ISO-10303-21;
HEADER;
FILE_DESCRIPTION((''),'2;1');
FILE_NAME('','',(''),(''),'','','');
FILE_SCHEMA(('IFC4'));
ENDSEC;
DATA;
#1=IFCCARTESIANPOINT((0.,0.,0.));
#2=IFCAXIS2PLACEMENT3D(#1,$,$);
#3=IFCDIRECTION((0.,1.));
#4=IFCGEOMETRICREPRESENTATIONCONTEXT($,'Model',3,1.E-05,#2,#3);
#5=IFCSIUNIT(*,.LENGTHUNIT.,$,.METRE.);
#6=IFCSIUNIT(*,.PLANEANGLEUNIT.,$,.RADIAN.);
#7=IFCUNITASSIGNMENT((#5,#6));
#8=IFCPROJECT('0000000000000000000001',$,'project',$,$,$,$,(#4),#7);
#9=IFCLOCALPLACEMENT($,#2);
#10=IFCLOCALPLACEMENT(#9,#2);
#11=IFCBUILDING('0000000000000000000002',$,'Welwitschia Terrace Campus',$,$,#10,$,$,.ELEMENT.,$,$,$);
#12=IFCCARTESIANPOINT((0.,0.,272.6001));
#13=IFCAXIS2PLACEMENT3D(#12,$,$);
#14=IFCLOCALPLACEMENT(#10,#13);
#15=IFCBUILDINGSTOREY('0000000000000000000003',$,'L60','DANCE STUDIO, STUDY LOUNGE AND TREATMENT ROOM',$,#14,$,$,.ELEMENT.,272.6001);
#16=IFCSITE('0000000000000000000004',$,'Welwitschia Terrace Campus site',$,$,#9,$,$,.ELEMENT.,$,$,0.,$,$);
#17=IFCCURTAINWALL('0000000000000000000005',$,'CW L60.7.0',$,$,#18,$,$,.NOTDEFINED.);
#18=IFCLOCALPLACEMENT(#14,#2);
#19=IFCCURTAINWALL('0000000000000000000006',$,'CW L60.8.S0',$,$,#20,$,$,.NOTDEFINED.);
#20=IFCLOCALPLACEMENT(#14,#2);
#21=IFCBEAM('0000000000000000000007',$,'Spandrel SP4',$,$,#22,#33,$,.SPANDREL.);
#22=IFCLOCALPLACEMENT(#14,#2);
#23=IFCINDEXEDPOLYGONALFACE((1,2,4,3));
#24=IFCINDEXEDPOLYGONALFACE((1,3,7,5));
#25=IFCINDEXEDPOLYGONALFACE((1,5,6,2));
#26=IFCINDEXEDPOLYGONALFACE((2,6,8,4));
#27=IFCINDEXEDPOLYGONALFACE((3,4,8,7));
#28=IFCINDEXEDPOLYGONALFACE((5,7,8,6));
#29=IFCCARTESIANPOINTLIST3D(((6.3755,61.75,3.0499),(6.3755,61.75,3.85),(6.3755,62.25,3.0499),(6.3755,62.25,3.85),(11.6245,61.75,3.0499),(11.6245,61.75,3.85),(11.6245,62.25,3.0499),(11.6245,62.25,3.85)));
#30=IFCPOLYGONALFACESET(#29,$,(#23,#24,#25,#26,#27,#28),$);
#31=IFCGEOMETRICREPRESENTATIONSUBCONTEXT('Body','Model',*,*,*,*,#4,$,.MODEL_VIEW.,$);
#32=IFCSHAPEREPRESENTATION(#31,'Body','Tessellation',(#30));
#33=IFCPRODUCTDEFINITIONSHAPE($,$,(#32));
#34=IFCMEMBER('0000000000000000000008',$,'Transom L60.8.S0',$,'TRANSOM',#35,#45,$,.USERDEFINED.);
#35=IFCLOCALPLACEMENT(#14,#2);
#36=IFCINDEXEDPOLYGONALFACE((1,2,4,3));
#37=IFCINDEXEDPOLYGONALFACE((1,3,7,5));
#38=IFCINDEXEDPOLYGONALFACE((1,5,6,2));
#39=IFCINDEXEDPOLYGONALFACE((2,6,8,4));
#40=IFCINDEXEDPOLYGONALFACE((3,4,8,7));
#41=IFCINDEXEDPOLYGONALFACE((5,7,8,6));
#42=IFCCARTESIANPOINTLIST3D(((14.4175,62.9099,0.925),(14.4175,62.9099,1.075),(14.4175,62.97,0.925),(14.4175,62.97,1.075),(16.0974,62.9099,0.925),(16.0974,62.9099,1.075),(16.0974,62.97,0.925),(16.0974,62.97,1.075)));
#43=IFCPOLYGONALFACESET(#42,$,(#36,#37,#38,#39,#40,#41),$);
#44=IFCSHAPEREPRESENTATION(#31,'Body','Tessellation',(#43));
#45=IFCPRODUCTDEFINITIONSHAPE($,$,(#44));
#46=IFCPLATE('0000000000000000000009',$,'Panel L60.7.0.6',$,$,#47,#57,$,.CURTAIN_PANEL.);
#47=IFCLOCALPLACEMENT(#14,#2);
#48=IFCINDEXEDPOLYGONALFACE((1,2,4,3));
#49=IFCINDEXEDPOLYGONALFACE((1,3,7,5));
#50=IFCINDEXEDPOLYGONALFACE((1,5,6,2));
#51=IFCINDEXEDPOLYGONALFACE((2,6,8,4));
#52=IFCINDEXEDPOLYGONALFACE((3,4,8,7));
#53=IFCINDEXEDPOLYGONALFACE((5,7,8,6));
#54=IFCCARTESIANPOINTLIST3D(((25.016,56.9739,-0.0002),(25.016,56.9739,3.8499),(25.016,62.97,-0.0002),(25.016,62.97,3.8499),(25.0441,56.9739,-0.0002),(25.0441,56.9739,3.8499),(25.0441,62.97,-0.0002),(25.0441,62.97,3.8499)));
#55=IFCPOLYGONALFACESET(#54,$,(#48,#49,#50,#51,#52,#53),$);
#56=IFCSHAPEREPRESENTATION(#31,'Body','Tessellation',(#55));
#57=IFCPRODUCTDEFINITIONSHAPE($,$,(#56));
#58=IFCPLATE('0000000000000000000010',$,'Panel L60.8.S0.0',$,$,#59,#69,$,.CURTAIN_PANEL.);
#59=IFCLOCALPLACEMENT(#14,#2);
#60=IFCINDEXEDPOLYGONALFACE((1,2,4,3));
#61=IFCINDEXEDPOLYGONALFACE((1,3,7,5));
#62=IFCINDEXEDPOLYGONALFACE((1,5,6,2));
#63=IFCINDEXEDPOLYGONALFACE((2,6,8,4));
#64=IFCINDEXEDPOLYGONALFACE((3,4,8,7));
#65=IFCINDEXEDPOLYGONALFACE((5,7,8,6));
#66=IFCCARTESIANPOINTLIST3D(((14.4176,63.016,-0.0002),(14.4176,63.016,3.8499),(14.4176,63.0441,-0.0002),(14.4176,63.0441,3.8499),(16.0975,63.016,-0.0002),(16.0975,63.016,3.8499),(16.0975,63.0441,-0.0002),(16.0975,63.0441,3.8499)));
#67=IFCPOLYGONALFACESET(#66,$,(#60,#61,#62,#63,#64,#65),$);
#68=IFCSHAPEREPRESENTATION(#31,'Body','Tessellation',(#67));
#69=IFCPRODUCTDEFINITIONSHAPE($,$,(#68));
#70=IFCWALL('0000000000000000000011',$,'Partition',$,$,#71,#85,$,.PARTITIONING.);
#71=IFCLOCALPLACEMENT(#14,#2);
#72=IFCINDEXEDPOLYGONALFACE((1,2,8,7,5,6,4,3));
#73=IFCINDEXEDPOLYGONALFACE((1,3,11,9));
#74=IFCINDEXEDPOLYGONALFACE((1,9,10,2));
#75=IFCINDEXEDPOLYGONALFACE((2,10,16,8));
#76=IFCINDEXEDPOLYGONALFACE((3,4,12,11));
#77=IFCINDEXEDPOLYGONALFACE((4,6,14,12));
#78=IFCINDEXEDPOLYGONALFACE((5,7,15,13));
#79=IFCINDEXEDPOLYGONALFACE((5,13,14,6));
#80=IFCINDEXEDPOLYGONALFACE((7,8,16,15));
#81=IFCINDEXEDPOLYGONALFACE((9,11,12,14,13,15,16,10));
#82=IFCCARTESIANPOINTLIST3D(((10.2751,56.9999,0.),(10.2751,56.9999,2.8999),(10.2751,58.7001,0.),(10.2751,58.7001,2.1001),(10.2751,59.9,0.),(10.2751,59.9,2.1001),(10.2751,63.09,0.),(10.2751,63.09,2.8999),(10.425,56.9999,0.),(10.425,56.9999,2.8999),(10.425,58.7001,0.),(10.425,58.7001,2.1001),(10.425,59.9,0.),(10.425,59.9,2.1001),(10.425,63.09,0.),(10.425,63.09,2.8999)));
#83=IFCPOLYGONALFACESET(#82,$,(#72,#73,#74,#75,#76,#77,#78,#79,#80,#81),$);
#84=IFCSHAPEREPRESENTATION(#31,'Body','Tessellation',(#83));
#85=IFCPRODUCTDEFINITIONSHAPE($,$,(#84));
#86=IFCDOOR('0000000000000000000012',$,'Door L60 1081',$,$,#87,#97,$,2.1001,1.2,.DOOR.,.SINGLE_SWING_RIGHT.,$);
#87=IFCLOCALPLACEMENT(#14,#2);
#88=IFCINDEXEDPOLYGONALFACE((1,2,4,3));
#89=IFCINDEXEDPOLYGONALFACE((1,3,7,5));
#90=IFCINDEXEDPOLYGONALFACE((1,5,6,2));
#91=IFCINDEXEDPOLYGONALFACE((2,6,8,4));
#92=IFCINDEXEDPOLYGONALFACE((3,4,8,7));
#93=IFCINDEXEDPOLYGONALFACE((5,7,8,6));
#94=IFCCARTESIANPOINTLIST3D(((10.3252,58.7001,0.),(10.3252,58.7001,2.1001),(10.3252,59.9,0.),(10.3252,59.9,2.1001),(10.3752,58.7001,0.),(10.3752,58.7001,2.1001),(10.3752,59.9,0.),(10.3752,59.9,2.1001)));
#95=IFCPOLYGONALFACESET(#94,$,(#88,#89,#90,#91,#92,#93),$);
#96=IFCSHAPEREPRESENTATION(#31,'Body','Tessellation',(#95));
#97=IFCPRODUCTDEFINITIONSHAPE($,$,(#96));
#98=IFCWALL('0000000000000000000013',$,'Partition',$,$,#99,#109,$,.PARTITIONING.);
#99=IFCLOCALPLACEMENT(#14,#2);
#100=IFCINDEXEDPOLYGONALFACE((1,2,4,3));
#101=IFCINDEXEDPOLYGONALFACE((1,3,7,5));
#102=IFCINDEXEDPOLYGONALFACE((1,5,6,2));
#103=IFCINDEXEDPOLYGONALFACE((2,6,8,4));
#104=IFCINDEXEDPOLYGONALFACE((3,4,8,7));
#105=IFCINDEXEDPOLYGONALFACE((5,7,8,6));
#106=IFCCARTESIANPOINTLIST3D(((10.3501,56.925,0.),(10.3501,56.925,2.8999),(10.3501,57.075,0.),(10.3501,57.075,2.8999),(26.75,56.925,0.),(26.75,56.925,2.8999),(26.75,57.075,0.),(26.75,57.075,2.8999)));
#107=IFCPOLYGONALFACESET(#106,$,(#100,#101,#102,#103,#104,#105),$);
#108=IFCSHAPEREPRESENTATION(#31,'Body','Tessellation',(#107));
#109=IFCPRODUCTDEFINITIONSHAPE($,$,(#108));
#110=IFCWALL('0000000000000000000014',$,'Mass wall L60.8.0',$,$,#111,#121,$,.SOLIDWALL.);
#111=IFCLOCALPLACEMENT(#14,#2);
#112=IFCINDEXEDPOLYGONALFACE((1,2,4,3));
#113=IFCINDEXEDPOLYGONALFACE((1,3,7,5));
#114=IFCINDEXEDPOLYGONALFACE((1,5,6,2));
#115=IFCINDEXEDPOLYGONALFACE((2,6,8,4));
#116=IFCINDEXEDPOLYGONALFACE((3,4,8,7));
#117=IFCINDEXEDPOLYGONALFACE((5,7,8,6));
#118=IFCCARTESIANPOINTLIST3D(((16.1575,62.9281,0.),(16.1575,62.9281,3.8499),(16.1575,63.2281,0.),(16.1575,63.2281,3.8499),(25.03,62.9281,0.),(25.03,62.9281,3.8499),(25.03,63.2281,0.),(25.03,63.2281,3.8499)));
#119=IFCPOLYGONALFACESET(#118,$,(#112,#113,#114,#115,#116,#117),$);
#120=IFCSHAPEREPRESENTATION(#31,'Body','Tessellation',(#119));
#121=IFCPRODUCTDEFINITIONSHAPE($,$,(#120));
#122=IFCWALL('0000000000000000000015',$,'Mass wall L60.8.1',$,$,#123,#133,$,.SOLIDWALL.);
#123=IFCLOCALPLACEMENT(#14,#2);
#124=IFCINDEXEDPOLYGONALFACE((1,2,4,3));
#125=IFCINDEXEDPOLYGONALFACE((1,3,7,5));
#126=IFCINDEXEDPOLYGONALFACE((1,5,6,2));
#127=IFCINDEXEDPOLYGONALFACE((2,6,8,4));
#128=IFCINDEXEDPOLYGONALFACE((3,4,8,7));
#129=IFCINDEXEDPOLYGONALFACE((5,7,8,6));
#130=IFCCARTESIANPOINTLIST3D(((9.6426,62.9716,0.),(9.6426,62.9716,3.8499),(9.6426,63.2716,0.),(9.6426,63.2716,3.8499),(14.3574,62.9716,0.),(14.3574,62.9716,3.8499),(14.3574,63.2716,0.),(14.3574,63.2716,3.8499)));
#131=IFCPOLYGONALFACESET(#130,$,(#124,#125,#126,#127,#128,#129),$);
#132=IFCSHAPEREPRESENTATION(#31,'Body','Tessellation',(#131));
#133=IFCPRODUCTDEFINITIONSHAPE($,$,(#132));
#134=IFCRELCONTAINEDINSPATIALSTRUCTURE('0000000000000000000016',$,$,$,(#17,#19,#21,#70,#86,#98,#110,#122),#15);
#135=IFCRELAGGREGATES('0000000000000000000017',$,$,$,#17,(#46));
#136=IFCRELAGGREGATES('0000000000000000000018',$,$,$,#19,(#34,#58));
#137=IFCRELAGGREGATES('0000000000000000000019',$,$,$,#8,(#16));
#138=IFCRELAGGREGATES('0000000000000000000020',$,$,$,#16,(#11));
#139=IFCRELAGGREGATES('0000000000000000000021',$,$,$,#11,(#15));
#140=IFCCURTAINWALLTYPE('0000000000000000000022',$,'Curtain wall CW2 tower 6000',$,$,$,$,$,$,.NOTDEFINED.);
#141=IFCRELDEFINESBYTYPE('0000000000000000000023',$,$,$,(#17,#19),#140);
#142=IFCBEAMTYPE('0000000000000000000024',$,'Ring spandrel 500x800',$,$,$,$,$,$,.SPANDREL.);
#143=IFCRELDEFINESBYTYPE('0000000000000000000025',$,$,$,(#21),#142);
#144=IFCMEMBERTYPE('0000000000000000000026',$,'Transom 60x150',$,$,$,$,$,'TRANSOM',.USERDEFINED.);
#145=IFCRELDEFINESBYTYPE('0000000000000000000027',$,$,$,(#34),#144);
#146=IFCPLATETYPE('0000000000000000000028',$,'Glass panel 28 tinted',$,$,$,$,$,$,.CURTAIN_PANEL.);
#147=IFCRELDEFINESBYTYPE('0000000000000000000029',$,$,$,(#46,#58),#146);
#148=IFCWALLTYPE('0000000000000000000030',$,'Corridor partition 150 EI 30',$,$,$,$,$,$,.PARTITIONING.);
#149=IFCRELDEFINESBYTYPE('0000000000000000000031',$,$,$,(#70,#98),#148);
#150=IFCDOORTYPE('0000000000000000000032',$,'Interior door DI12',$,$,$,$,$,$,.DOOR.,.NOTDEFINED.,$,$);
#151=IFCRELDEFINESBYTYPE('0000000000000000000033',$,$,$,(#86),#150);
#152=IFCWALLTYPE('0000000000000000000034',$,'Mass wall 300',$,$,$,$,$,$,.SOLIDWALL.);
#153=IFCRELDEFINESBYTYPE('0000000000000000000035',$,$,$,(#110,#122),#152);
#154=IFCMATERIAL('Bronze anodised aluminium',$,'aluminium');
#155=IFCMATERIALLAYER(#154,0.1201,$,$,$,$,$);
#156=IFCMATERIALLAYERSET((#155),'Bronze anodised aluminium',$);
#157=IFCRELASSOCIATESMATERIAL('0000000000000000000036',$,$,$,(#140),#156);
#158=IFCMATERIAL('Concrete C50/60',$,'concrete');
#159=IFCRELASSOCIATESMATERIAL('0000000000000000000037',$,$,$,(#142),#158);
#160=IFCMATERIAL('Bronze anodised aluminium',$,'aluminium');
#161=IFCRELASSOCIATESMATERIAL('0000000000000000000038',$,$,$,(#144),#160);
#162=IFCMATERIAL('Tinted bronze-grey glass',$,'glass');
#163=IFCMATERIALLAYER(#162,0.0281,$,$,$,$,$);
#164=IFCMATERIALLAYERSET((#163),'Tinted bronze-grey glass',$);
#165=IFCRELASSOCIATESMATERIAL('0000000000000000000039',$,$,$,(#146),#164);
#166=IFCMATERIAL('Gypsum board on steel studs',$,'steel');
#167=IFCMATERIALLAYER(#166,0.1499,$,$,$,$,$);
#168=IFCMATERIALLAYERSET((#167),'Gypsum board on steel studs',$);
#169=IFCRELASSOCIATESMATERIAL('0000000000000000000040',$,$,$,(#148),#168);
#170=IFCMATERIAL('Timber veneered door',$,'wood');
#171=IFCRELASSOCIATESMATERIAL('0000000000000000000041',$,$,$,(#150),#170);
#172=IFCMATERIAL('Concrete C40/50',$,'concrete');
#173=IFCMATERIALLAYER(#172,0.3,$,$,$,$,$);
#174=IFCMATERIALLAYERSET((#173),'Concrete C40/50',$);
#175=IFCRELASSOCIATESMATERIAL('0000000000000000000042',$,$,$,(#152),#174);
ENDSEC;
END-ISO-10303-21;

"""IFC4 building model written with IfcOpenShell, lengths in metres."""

from ifc_helpers import new_model, si_unit, direction, frame, frame_2d, origin, origin_2d, place, context, subcontext, project, spatial, rectangle, extrude, material, layer, layer_set, material_profile, profile_set, type_object, element, fill, aggregate, save


model = new_model("IFC4")

# Units and contexts
model_context = context("Model", 3, precision=1e-05, world=origin(), true_north=direction((0.0, 1.0)))
body_context = subcontext(model_context, "Body", "Model", "MODEL_VIEW")
ifc_project = project(units=[si_unit("LENGTHUNIT", "METRE"), si_unit("PLANEANGLEUNIT", "RADIAN")], contexts=[model_context])

# Site, building, storey
site_placement = place(None, origin())
site = spatial("IfcSite", under=ifc_project, at=site_placement, Name="Welwitschia Terrace Campus site", CompositionType="ELEMENT", RefElevation=0.0)
building_placement = place(site_placement, origin())
building = spatial("IfcBuilding", under=site, at=building_placement, Name="Welwitschia Terrace Campus", CompositionType="ELEMENT")
storey_placement = place(building_placement, frame((0.0, 0.0, 272.6001)))
storey = spatial("IfcBuildingStorey", under=building, at=storey_placement, Name="L60", Description="DANCE STUDIO, STUDY LOUNGE AND TREATMENT ROOM", CompositionType="ELEMENT", Elevation=272.6001)

# Curtain wall
ifc_material_1 = material(Name="Bronze anodised aluminium", Category="aluminium")
ifc_layer_1 = layer(ifc_material_1, 0.1201)
ifc_layer_set_1 = layer_set([ifc_layer_1], Name="Bronze anodised aluminium")
curtain_wall_type = type_object("IfcCurtainWallType", Name="Curtain wall CW2 tower 6000", PredefinedType="NOTDEFINED", material=ifc_layer_set_1)
curtain_wall_1_placement = place(storey_placement, origin())
curtain_wall_1 = element("IfcCurtainWall", 1, at=curtain_wall_1_placement, inside=storey, type_object=curtain_wall_type, Name="CW L60.7.0", PredefinedType="NOTDEFINED")

# Curtain wall
curtain_wall_2_placement = place(storey_placement, origin())
curtain_wall_2 = element("IfcCurtainWall", 2, at=curtain_wall_2_placement, inside=storey, type_object=curtain_wall_type, Name="CW L60.8.S0", PredefinedType="NOTDEFINED")

# Beam
ifc_material_2 = material(Name="Concrete C50/60", Category="concrete")
ifc_material_profile_1 = material_profile(ifc_material_2, rectangle(XDim=0.5, YDim=0.8, at=origin_2d()))
ifc_profile_set_1 = profile_set([ifc_material_profile_1], Name="Concrete C50/60")
beam_type_1 = type_object("IfcBeamType", Name="Ring spandrel 500x800", PredefinedType="SPANDREL", material=ifc_profile_set_1)
for number, where, z_axis, x_axis, name in (
    (3, (11.6245, 62.0, 3.45), (-1.0, 0.0, 0.0), (0.0, -1.0, 0.0), "Spandrel SP4"),
):
    element("IfcBeam", number, at=place(storey_placement, frame(where, z_axis=z_axis, x_axis=x_axis)), inside=storey, type_object=beam_type_1, Name=name, PredefinedType="SPANDREL", context=body_context, shape_type="SweptSolid", body=[
        extrude(rectangle(XDim=0.5, YDim=0.8, at=origin_2d()), origin(), (0.0, 0.0, 1.0), 5.249),
    ])

# Member
ifc_material_3 = material(Name="Bronze anodised aluminium", Category="aluminium")
ifc_material_profile_2 = material_profile(ifc_material_3, rectangle(XDim=0.0601, YDim=0.1499, at=origin_2d()))
ifc_profile_set_2 = profile_set([ifc_material_profile_2], Name="Bronze anodised aluminium")
member_type_1 = type_object("IfcMemberType", Name="Transom 60x150", ElementType="TRANSOM", PredefinedType="USERDEFINED", material=ifc_profile_set_2)
member_1_placement = place(storey_placement, frame((16.0974, 62.9399, 1.0), z_axis=(-1.0, 0.0, 0.0), x_axis=(0.0, -1.0, 0.0)))
member_1 = element("IfcMember", 4, at=member_1_placement, type_object=member_type_1, Name="Transom L60.8.S0", ObjectType="TRANSOM", PredefinedType="USERDEFINED", context=body_context, shape_type="SweptSolid", body=[
    extrude(rectangle(XDim=0.0601, YDim=0.1499, at=origin_2d()), origin(), (0.0, 0.0, 1.0), 1.6799),
])

# Plates
ifc_material_4 = material(Name="Tinted bronze-grey glass", Category="glass")
ifc_layer_2 = layer(ifc_material_4, 0.0281)
ifc_layer_set_2 = layer_set([ifc_layer_2], Name="Tinted bronze-grey glass")
plate_type = type_object("IfcPlateType", Name="Glass panel 28 tinted", PredefinedType="CURTAIN_PANEL", material=ifc_layer_set_2)
plate_1_placement = place(storey_placement, frame((25.03, 59.9719, -0.0002), z_axis=(0.0, 0.0, 1.0), x_axis=(0.0, 1.0, 0.0)))
plate_1 = element("IfcPlate", 5, at=plate_1_placement, type_object=plate_type, Name="Panel L60.7.0.6", PredefinedType="CURTAIN_PANEL", context=body_context, shape_type="SweptSolid", body=[
    extrude(rectangle(XDim=5.9961, YDim=0.0281, at=origin_2d()), origin(), (0.0, 0.0, 1.0), 3.8501),
])
aggregate(curtain_wall_1, [plate_1])
plate_2_placement = place(storey_placement, frame((15.2576, 63.03, -0.0002), z_axis=(0.0, 0.0, 1.0), x_axis=(-1.0, 0.0, 0.0)))
plate_2 = element("IfcPlate", 6, at=plate_2_placement, type_object=plate_type, Name="Panel L60.8.S0.0", PredefinedType="CURTAIN_PANEL", context=body_context, shape_type="SweptSolid", body=[
    extrude(rectangle(XDim=1.6799, YDim=0.0281, at=origin_2d()), origin(), (0.0, 0.0, 1.0), 3.8501),
])
aggregate(curtain_wall_2, [member_1, plate_2])

# Wall, opening, door
ifc_material_5 = material(Name="Gypsum board on steel studs", Category="steel")
ifc_layer_3 = layer(ifc_material_5, 0.1499)
ifc_layer_set_3 = layer_set([ifc_layer_3], Name="Gypsum board on steel studs")
wall_type_1 = type_object("IfcWallType", Name="Corridor partition 150 EI 30", PredefinedType="PARTITIONING", material=ifc_layer_set_3)
wall_1_placement = place(storey_placement, frame((10.3501, 57.0, 0.0), z_axis=(0.0, 0.0, 1.0), x_axis=(0.0, 1.0, 0.0)))
wall_1 = element("IfcWall", 7, at=wall_1_placement, inside=storey, type_object=wall_type_1, Name="Partition", PredefinedType="PARTITIONING", context=body_context, shape_type="SweptSolid", body=[
    extrude(rectangle(XDim=6.0901, YDim=0.1499, at=frame_2d((3.0449, 0.0))), origin(), (0.0, 0.0, 1.0), 2.8999),
])
opening_placement = place(wall_1_placement, frame((1.7, 0.0, 0.0)))
opening = element("IfcOpeningElement", 8, at=opening_placement, cuts=wall_1, PredefinedType="OPENING", context=body_context, shape_type="SweptSolid", body=[
    extrude(rectangle(XDim=1.2, YDim=2.1001, at=frame_2d((0.6001, 1.05))), frame((0.0, 0.085, 0.0), z_axis=(0.0, -1.0, 0.0), x_axis=(1.0, 0.0, 0.0)), (0.0, 0.0, 1.0), 0.1699),
])
ifc_material_6 = material(Name="Timber veneered door", Category="wood")
door_type = type_object("IfcDoorType", Name="Interior door DI12", OperationType="NOTDEFINED", PredefinedType="DOOR", material=ifc_material_6)
door_placement = place(opening_placement, origin())
door = element("IfcDoor", 9, at=door_placement, inside=storey, type_object=door_type, Name="Door L60 1081", OperationType="SINGLE_SWING_RIGHT", OverallHeight=2.1001, OverallWidth=1.2, PredefinedType="DOOR", context=body_context, shape_type="SweptSolid", body=[
    extrude(rectangle(XDim=1.2, YDim=2.1001, at=frame_2d((0.6001, 1.05))), frame((0.0, 0.0249, 0.0), z_axis=(0.0, -1.0, 0.0), x_axis=(1.0, 0.0, 0.0)), (0.0, 0.0, 1.0), 0.05),
])
fill(opening, door)

# Walls
wall_2_placement = place(storey_placement, frame((10.3501, 57.0, 0.0), z_axis=(0.0, 0.0, 1.0), x_axis=(1.0, 0.0, 0.0)))
element("IfcWall", 10, at=wall_2_placement, inside=storey, type_object=wall_type_1, Name="Partition", PredefinedType="PARTITIONING", context=body_context, shape_type="SweptSolid", body=[
    extrude(rectangle(XDim=16.3999, YDim=0.1499, at=frame_2d((8.2, 0.0))), origin(), (0.0, 0.0, 1.0), 2.8999),
])
ifc_material_7 = material(Name="Concrete C40/50", Category="concrete")
ifc_layer_4 = layer(ifc_material_7, 0.3)
ifc_layer_set_4 = layer_set([ifc_layer_4], Name="Concrete C40/50")
wall_type_2 = type_object("IfcWallType", Name="Mass wall 300", PredefinedType="SOLIDWALL", material=ifc_layer_set_4)
wall_3_placement = place(storey_placement, frame((25.03, 63.0781, 0.0), z_axis=(0.0, 0.0, 1.0), x_axis=(-1.0, 0.0, 0.0)))
element("IfcWall", 11, at=wall_3_placement, inside=storey, type_object=wall_type_2, Name="Mass wall L60.8.0", PredefinedType="SOLIDWALL", context=body_context, shape_type="SweptSolid", body=[
    extrude(rectangle(XDim=8.8726, YDim=0.3, at=frame_2d((4.4363, 0.0))), origin(), (0.0, 0.0, 1.0), 3.8499),
])
wall_4_placement = place(storey_placement, frame((14.3574, 63.1216, 0.0), z_axis=(0.0, 0.0, 1.0), x_axis=(-1.0, 0.0, 0.0)))
element("IfcWall", 12, at=wall_4_placement, inside=storey, type_object=wall_type_2, Name="Mass wall L60.8.1", PredefinedType="SOLIDWALL", context=body_context, shape_type="SweptSolid", body=[
    extrude(rectangle(XDim=4.7148, YDim=0.3, at=frame_2d((2.3574, 0.0))), origin(), (0.0, 0.0, 1.0), 3.8499),
])

save(model, "model.ifc")
